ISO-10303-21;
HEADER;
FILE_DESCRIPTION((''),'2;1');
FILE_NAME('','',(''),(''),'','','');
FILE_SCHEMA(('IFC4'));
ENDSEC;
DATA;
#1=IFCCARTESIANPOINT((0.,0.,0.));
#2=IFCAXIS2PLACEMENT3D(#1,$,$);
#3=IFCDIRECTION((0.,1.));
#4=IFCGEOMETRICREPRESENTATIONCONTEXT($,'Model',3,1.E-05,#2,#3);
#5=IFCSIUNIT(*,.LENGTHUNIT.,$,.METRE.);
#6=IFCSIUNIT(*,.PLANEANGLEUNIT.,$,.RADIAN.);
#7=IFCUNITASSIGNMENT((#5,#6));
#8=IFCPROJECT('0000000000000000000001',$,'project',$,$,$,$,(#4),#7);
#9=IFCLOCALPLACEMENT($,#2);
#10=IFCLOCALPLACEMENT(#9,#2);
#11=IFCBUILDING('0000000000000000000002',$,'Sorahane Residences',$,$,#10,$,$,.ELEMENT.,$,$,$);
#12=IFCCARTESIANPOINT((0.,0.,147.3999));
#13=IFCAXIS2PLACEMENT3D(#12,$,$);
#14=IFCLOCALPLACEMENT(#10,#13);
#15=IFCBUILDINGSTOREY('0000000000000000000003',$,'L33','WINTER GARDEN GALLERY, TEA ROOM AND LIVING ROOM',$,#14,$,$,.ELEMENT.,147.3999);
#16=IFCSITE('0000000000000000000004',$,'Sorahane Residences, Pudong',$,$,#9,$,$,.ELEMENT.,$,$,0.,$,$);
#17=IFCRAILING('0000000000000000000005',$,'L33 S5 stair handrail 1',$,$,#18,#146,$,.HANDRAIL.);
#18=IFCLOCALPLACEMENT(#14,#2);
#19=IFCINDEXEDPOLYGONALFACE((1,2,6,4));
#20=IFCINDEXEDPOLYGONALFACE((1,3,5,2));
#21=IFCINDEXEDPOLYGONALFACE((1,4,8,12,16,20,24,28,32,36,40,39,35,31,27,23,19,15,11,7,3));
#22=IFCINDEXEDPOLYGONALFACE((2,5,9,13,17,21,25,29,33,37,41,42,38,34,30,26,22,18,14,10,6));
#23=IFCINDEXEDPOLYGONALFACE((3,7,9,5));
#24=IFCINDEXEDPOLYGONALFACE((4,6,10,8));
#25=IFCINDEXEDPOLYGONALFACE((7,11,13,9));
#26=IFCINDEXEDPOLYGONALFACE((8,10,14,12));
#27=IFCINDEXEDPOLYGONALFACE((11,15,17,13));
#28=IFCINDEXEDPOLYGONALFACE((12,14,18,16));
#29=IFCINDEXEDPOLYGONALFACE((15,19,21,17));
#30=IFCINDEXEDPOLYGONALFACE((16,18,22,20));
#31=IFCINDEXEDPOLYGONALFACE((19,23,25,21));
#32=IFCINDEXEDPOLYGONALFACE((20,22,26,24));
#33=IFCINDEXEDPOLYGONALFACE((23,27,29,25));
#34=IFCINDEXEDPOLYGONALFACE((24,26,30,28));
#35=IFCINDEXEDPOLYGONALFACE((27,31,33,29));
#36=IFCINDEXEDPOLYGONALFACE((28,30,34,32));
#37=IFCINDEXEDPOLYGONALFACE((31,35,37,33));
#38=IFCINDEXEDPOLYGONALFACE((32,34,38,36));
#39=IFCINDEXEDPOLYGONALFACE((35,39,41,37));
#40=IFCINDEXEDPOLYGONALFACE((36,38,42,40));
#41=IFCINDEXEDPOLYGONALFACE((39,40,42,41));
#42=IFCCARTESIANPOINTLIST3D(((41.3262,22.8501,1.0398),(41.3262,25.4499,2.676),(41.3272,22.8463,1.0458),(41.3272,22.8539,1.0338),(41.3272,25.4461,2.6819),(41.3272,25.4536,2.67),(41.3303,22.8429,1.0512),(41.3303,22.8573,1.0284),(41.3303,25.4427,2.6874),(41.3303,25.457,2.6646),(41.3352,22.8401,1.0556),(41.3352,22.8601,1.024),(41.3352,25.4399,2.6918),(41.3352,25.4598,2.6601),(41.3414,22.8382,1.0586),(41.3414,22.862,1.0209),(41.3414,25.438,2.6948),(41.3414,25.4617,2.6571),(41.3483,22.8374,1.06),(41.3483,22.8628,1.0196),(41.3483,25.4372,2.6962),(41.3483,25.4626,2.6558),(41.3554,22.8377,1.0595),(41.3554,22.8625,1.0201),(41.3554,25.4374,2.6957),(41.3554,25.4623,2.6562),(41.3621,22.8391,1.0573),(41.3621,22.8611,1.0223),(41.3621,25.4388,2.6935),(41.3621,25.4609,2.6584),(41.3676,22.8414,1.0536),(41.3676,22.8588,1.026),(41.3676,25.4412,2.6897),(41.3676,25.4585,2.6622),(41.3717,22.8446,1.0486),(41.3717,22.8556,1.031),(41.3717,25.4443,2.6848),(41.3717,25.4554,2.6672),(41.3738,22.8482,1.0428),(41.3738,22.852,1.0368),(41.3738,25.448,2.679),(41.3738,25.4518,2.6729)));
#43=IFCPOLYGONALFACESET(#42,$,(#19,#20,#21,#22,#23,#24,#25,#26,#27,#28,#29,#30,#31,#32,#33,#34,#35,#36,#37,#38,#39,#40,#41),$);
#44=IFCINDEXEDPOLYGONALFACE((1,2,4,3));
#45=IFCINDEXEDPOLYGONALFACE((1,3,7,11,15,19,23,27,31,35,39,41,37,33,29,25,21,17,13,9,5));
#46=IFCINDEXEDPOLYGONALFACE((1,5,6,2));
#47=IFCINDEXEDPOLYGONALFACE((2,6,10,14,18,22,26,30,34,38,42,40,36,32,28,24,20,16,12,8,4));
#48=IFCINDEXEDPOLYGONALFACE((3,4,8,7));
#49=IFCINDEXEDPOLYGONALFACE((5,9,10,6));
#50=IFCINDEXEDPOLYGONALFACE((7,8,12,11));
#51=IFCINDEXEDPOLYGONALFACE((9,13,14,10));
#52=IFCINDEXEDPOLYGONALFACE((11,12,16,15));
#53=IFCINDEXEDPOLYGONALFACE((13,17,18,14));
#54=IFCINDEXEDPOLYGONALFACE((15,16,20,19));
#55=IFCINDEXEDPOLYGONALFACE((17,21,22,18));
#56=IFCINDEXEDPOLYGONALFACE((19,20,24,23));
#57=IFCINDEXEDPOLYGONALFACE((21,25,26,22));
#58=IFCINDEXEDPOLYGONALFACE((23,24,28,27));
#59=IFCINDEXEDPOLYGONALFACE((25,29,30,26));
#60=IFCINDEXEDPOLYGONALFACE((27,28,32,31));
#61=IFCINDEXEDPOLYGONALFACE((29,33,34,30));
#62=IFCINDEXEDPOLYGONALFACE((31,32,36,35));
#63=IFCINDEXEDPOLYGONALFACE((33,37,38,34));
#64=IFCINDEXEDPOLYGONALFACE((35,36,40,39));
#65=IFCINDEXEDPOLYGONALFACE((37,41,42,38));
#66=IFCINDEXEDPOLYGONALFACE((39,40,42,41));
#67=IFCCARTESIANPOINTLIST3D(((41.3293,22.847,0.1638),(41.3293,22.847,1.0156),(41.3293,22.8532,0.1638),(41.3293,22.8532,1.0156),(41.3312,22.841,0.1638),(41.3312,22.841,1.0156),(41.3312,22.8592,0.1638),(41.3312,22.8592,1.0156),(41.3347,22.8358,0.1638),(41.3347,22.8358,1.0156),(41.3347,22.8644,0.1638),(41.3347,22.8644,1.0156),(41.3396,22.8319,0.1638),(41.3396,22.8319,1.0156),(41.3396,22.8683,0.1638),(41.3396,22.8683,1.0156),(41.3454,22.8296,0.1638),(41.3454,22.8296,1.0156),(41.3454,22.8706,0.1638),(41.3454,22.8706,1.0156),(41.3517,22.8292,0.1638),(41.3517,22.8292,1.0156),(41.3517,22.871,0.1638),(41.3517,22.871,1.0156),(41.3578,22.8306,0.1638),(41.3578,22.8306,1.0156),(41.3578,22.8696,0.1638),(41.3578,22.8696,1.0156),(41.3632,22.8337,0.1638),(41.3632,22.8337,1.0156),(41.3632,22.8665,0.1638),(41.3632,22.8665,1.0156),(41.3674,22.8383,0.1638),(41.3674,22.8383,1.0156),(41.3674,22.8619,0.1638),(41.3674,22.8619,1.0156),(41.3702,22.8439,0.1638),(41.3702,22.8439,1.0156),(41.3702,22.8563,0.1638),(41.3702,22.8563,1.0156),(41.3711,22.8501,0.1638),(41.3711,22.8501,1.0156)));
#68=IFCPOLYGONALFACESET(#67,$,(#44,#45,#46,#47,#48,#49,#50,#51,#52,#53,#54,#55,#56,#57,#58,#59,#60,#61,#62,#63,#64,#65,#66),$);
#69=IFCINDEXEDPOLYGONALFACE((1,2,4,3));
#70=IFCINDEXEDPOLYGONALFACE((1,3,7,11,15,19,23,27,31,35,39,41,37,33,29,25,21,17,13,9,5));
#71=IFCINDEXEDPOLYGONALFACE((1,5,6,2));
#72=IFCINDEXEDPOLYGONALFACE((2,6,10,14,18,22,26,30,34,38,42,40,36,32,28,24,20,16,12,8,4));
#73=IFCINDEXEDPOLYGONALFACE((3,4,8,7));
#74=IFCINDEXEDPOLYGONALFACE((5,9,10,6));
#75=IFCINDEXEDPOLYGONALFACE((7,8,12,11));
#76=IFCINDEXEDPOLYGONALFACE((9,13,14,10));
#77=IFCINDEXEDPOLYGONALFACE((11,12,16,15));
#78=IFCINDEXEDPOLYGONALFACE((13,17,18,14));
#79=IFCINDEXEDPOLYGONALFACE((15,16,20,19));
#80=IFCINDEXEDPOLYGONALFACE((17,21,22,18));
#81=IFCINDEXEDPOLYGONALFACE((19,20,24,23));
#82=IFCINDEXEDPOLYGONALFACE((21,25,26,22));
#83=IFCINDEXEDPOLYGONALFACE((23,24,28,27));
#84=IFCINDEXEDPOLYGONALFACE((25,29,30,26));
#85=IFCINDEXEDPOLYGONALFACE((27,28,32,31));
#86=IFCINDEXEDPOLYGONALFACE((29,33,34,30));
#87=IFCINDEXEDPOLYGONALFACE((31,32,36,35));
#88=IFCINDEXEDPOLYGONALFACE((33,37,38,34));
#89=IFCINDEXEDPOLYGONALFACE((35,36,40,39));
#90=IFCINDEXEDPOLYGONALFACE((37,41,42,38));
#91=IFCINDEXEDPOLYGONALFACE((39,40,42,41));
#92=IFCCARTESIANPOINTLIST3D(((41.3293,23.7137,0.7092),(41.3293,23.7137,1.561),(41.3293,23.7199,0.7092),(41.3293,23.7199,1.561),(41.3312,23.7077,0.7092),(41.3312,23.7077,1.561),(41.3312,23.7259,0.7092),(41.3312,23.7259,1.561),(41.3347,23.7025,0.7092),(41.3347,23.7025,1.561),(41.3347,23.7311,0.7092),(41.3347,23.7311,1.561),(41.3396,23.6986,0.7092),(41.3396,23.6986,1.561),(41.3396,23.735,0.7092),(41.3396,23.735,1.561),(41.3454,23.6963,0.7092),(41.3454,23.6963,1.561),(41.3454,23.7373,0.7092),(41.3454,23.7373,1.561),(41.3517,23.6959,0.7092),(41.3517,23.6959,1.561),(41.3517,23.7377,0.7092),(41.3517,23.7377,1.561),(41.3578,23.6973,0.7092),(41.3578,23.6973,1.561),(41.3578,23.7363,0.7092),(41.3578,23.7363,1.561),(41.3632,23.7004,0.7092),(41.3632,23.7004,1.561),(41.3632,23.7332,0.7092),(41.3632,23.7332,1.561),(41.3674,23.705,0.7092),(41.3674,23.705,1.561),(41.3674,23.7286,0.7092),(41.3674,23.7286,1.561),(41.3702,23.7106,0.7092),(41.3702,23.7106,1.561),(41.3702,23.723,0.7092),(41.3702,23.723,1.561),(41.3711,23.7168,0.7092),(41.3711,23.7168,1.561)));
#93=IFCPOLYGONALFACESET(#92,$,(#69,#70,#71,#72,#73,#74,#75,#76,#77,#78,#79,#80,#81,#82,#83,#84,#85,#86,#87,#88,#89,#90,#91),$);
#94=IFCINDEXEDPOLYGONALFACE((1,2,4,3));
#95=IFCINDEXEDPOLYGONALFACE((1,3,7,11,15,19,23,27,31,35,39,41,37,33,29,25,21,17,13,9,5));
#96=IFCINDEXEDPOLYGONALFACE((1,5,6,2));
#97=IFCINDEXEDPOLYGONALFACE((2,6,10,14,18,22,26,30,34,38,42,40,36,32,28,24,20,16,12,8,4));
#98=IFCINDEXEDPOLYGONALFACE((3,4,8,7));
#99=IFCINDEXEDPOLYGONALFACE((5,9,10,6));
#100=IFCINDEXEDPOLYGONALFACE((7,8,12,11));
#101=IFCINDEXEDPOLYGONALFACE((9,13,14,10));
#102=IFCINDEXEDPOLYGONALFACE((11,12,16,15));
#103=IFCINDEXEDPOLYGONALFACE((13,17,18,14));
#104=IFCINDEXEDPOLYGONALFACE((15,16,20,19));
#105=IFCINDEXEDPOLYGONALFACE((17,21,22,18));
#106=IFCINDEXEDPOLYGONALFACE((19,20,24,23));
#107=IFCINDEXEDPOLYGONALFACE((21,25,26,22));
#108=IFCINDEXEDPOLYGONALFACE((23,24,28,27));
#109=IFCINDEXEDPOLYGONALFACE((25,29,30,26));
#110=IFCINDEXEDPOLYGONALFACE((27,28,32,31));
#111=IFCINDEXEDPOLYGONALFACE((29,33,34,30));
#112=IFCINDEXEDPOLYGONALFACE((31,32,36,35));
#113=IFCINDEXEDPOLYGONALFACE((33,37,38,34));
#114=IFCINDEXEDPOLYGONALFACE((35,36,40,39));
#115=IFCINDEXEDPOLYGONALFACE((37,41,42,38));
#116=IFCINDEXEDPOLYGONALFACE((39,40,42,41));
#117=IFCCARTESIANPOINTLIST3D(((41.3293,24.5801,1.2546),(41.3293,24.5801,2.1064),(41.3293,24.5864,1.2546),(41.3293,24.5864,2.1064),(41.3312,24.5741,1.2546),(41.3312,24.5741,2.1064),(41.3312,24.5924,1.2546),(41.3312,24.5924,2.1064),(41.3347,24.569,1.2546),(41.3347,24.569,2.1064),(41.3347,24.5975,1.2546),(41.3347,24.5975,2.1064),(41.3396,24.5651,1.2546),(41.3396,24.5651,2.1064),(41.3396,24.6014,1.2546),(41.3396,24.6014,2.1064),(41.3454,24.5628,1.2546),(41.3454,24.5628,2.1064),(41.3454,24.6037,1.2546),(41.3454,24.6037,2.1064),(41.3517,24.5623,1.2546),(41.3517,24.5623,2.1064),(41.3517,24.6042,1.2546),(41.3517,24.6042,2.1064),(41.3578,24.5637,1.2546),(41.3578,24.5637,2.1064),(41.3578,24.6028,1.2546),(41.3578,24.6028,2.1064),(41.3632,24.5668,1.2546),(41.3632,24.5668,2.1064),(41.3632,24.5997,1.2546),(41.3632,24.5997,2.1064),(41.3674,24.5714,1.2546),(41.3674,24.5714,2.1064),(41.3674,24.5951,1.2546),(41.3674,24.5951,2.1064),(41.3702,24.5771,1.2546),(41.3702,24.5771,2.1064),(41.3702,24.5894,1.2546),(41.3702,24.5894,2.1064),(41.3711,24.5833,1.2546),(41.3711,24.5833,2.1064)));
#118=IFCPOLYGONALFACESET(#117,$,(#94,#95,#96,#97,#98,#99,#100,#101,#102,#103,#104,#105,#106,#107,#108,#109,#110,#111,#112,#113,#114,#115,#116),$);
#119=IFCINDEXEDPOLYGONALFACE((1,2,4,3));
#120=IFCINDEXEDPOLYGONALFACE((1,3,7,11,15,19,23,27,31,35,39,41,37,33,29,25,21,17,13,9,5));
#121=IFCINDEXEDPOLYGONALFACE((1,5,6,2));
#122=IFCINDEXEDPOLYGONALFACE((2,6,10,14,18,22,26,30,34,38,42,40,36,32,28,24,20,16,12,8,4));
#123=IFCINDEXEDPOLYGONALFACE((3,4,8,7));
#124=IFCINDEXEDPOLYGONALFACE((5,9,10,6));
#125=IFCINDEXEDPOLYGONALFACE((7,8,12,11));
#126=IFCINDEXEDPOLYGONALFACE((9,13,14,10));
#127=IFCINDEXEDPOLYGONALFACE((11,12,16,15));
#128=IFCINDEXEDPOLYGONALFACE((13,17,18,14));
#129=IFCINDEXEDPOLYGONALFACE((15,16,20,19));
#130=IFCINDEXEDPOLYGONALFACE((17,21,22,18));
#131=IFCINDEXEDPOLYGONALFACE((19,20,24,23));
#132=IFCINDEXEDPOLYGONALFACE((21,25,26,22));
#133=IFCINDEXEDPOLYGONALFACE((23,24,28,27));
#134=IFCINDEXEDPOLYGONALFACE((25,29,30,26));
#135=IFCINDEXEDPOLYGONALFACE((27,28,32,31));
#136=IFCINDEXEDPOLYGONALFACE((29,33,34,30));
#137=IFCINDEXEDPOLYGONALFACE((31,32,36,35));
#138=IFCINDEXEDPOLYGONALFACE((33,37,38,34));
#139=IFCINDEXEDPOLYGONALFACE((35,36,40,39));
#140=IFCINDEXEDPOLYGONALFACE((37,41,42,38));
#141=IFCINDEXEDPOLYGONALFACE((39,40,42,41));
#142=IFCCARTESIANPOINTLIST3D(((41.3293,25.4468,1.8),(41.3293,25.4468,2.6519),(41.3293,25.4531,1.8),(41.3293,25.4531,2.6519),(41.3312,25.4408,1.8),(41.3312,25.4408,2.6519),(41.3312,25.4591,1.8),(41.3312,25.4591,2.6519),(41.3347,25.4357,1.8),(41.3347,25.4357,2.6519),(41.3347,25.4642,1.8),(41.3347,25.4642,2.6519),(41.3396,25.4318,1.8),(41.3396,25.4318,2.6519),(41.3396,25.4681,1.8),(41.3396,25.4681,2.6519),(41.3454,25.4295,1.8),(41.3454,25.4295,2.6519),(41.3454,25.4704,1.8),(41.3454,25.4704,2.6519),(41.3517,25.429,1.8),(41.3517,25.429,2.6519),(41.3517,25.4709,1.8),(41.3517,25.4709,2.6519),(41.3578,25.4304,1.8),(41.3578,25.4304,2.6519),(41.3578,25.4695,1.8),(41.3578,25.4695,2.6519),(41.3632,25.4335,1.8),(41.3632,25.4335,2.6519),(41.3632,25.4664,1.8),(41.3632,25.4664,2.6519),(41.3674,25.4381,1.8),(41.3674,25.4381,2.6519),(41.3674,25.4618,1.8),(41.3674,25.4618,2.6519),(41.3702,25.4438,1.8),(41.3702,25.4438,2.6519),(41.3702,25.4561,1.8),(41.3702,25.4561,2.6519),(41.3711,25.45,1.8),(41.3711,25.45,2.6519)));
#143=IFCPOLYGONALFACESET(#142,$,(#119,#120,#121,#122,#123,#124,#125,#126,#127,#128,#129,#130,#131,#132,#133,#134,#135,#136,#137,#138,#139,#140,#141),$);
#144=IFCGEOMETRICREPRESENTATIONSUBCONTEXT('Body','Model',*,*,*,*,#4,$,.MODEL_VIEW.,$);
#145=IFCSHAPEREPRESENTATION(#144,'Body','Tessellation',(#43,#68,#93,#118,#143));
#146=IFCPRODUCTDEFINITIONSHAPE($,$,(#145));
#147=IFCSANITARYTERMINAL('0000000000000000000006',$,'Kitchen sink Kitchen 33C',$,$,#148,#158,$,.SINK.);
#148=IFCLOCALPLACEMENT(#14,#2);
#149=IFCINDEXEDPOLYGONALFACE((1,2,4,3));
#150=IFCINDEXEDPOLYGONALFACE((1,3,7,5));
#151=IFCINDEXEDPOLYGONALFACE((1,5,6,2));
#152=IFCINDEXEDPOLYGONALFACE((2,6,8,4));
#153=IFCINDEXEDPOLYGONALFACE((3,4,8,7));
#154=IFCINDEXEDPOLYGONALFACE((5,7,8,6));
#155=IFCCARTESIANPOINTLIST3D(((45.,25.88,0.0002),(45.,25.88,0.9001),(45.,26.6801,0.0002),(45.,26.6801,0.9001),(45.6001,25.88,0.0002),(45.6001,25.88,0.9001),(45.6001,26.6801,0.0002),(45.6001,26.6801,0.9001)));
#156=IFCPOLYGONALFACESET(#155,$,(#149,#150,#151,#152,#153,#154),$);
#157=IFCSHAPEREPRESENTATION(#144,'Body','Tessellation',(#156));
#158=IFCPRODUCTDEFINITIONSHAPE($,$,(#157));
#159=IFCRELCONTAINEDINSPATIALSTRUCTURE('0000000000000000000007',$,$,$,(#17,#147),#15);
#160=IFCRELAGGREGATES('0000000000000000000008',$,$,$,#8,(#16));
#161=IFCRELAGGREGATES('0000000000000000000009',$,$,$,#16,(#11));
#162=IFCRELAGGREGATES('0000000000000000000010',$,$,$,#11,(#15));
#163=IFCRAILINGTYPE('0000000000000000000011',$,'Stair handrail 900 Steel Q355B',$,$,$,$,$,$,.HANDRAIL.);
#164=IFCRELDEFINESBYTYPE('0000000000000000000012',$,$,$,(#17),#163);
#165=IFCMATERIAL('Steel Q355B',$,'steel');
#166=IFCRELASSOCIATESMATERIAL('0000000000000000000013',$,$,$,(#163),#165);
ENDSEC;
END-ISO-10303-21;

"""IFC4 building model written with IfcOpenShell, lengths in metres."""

from ifc_helpers import new_model, si_unit, direction, frame, origin, origin_2d, place, context, subcontext, project, spatial, rectangle, circle, extrude, material, type_object, element, save


model = new_model("IFC4")

# Units and contexts
model_context = context("Model", 3, precision=1e-05, world=origin(), true_north=direction((0.0, 1.0)))
body_context = subcontext(model_context, "Body", "Model", "MODEL_VIEW")
ifc_project = project(units=[si_unit("LENGTHUNIT", "METRE"), si_unit("PLANEANGLEUNIT", "RADIAN")], contexts=[model_context])

# Site, building, storey
site_placement = place(None, origin())
site = spatial("IfcSite", under=ifc_project, at=site_placement, Name="Sorahane Residences, Pudong", CompositionType="ELEMENT", RefElevation=0.0)
building_placement = place(site_placement, origin())
building = spatial("IfcBuilding", under=site, at=building_placement, Name="Sorahane Residences", CompositionType="ELEMENT")
storey_placement = place(building_placement, frame((0.0, 0.0, 147.3999)))
storey = spatial("IfcBuildingStorey", under=building, at=storey_placement, Name="L33", Description="WINTER GARDEN GALLERY, TEA ROOM AND LIVING ROOM", CompositionType="ELEMENT", Elevation=147.3999)

# Railing
ifc_material_1 = material(Name="Steel Q355B", Category="steel")
railing_type_1 = type_object("IfcRailingType", Name="Stair handrail 900 Steel Q355B", PredefinedType="HANDRAIL", material=ifc_material_1)
railing_1_placement = place(storey_placement, frame((41.3501, 22.8501, 0.1638)))
element("IfcRailing", 1, at=railing_1_placement, inside=storey, type_object=railing_type_1, Name="L33 S5 stair handrail 1", PredefinedType="HANDRAIL", context=body_context, shape_type="SweptSolid", body=[
    extrude(circle(Radius=0.0239, at=origin_2d()), frame((0.0, 0.0, 0.876), z_axis=(0.0, 0.846338, 0.532647), x_axis=(-1.0, 0.0, 0.0)), (0.0, 0.0, 1.0), 3.0718),
    extrude(circle(Radius=0.021, at=origin_2d()), origin(), (0.0, 0.0, 1.0), 0.8518),
    extrude(circle(Radius=0.021, at=origin_2d()), frame((0.0, 0.8667, 0.5454)), (0.0, 0.0, 1.0), 0.8518),
    extrude(circle(Radius=0.021, at=origin_2d()), frame((0.0, 1.7332, 1.0908)), (0.0, 0.0, 1.0), 0.8518),
    extrude(circle(Radius=0.021, at=origin_2d()), frame((0.0, 2.5999, 1.6362)), (0.0, 0.0, 1.0), 0.8518),
])

# Sanitary terminal
sanitary_terminal_placement = place(storey_placement, frame((45.3, 26.28, 0.0002), z_axis=(0.0, 0.0, 1.0), x_axis=(0.0, 1.0, 0.0)))
element("IfcSanitaryTerminal", 2, at=sanitary_terminal_placement, inside=storey, Name="Kitchen sink Kitchen 33C", PredefinedType="SINK", context=body_context, shape_type="SweptSolid", body=[
    extrude(rectangle(XDim=0.8, YDim=0.6001, at=origin_2d()), origin(), (0.0, 0.0, 1.0), 0.8999),
])

save(model, "model.ifc")
